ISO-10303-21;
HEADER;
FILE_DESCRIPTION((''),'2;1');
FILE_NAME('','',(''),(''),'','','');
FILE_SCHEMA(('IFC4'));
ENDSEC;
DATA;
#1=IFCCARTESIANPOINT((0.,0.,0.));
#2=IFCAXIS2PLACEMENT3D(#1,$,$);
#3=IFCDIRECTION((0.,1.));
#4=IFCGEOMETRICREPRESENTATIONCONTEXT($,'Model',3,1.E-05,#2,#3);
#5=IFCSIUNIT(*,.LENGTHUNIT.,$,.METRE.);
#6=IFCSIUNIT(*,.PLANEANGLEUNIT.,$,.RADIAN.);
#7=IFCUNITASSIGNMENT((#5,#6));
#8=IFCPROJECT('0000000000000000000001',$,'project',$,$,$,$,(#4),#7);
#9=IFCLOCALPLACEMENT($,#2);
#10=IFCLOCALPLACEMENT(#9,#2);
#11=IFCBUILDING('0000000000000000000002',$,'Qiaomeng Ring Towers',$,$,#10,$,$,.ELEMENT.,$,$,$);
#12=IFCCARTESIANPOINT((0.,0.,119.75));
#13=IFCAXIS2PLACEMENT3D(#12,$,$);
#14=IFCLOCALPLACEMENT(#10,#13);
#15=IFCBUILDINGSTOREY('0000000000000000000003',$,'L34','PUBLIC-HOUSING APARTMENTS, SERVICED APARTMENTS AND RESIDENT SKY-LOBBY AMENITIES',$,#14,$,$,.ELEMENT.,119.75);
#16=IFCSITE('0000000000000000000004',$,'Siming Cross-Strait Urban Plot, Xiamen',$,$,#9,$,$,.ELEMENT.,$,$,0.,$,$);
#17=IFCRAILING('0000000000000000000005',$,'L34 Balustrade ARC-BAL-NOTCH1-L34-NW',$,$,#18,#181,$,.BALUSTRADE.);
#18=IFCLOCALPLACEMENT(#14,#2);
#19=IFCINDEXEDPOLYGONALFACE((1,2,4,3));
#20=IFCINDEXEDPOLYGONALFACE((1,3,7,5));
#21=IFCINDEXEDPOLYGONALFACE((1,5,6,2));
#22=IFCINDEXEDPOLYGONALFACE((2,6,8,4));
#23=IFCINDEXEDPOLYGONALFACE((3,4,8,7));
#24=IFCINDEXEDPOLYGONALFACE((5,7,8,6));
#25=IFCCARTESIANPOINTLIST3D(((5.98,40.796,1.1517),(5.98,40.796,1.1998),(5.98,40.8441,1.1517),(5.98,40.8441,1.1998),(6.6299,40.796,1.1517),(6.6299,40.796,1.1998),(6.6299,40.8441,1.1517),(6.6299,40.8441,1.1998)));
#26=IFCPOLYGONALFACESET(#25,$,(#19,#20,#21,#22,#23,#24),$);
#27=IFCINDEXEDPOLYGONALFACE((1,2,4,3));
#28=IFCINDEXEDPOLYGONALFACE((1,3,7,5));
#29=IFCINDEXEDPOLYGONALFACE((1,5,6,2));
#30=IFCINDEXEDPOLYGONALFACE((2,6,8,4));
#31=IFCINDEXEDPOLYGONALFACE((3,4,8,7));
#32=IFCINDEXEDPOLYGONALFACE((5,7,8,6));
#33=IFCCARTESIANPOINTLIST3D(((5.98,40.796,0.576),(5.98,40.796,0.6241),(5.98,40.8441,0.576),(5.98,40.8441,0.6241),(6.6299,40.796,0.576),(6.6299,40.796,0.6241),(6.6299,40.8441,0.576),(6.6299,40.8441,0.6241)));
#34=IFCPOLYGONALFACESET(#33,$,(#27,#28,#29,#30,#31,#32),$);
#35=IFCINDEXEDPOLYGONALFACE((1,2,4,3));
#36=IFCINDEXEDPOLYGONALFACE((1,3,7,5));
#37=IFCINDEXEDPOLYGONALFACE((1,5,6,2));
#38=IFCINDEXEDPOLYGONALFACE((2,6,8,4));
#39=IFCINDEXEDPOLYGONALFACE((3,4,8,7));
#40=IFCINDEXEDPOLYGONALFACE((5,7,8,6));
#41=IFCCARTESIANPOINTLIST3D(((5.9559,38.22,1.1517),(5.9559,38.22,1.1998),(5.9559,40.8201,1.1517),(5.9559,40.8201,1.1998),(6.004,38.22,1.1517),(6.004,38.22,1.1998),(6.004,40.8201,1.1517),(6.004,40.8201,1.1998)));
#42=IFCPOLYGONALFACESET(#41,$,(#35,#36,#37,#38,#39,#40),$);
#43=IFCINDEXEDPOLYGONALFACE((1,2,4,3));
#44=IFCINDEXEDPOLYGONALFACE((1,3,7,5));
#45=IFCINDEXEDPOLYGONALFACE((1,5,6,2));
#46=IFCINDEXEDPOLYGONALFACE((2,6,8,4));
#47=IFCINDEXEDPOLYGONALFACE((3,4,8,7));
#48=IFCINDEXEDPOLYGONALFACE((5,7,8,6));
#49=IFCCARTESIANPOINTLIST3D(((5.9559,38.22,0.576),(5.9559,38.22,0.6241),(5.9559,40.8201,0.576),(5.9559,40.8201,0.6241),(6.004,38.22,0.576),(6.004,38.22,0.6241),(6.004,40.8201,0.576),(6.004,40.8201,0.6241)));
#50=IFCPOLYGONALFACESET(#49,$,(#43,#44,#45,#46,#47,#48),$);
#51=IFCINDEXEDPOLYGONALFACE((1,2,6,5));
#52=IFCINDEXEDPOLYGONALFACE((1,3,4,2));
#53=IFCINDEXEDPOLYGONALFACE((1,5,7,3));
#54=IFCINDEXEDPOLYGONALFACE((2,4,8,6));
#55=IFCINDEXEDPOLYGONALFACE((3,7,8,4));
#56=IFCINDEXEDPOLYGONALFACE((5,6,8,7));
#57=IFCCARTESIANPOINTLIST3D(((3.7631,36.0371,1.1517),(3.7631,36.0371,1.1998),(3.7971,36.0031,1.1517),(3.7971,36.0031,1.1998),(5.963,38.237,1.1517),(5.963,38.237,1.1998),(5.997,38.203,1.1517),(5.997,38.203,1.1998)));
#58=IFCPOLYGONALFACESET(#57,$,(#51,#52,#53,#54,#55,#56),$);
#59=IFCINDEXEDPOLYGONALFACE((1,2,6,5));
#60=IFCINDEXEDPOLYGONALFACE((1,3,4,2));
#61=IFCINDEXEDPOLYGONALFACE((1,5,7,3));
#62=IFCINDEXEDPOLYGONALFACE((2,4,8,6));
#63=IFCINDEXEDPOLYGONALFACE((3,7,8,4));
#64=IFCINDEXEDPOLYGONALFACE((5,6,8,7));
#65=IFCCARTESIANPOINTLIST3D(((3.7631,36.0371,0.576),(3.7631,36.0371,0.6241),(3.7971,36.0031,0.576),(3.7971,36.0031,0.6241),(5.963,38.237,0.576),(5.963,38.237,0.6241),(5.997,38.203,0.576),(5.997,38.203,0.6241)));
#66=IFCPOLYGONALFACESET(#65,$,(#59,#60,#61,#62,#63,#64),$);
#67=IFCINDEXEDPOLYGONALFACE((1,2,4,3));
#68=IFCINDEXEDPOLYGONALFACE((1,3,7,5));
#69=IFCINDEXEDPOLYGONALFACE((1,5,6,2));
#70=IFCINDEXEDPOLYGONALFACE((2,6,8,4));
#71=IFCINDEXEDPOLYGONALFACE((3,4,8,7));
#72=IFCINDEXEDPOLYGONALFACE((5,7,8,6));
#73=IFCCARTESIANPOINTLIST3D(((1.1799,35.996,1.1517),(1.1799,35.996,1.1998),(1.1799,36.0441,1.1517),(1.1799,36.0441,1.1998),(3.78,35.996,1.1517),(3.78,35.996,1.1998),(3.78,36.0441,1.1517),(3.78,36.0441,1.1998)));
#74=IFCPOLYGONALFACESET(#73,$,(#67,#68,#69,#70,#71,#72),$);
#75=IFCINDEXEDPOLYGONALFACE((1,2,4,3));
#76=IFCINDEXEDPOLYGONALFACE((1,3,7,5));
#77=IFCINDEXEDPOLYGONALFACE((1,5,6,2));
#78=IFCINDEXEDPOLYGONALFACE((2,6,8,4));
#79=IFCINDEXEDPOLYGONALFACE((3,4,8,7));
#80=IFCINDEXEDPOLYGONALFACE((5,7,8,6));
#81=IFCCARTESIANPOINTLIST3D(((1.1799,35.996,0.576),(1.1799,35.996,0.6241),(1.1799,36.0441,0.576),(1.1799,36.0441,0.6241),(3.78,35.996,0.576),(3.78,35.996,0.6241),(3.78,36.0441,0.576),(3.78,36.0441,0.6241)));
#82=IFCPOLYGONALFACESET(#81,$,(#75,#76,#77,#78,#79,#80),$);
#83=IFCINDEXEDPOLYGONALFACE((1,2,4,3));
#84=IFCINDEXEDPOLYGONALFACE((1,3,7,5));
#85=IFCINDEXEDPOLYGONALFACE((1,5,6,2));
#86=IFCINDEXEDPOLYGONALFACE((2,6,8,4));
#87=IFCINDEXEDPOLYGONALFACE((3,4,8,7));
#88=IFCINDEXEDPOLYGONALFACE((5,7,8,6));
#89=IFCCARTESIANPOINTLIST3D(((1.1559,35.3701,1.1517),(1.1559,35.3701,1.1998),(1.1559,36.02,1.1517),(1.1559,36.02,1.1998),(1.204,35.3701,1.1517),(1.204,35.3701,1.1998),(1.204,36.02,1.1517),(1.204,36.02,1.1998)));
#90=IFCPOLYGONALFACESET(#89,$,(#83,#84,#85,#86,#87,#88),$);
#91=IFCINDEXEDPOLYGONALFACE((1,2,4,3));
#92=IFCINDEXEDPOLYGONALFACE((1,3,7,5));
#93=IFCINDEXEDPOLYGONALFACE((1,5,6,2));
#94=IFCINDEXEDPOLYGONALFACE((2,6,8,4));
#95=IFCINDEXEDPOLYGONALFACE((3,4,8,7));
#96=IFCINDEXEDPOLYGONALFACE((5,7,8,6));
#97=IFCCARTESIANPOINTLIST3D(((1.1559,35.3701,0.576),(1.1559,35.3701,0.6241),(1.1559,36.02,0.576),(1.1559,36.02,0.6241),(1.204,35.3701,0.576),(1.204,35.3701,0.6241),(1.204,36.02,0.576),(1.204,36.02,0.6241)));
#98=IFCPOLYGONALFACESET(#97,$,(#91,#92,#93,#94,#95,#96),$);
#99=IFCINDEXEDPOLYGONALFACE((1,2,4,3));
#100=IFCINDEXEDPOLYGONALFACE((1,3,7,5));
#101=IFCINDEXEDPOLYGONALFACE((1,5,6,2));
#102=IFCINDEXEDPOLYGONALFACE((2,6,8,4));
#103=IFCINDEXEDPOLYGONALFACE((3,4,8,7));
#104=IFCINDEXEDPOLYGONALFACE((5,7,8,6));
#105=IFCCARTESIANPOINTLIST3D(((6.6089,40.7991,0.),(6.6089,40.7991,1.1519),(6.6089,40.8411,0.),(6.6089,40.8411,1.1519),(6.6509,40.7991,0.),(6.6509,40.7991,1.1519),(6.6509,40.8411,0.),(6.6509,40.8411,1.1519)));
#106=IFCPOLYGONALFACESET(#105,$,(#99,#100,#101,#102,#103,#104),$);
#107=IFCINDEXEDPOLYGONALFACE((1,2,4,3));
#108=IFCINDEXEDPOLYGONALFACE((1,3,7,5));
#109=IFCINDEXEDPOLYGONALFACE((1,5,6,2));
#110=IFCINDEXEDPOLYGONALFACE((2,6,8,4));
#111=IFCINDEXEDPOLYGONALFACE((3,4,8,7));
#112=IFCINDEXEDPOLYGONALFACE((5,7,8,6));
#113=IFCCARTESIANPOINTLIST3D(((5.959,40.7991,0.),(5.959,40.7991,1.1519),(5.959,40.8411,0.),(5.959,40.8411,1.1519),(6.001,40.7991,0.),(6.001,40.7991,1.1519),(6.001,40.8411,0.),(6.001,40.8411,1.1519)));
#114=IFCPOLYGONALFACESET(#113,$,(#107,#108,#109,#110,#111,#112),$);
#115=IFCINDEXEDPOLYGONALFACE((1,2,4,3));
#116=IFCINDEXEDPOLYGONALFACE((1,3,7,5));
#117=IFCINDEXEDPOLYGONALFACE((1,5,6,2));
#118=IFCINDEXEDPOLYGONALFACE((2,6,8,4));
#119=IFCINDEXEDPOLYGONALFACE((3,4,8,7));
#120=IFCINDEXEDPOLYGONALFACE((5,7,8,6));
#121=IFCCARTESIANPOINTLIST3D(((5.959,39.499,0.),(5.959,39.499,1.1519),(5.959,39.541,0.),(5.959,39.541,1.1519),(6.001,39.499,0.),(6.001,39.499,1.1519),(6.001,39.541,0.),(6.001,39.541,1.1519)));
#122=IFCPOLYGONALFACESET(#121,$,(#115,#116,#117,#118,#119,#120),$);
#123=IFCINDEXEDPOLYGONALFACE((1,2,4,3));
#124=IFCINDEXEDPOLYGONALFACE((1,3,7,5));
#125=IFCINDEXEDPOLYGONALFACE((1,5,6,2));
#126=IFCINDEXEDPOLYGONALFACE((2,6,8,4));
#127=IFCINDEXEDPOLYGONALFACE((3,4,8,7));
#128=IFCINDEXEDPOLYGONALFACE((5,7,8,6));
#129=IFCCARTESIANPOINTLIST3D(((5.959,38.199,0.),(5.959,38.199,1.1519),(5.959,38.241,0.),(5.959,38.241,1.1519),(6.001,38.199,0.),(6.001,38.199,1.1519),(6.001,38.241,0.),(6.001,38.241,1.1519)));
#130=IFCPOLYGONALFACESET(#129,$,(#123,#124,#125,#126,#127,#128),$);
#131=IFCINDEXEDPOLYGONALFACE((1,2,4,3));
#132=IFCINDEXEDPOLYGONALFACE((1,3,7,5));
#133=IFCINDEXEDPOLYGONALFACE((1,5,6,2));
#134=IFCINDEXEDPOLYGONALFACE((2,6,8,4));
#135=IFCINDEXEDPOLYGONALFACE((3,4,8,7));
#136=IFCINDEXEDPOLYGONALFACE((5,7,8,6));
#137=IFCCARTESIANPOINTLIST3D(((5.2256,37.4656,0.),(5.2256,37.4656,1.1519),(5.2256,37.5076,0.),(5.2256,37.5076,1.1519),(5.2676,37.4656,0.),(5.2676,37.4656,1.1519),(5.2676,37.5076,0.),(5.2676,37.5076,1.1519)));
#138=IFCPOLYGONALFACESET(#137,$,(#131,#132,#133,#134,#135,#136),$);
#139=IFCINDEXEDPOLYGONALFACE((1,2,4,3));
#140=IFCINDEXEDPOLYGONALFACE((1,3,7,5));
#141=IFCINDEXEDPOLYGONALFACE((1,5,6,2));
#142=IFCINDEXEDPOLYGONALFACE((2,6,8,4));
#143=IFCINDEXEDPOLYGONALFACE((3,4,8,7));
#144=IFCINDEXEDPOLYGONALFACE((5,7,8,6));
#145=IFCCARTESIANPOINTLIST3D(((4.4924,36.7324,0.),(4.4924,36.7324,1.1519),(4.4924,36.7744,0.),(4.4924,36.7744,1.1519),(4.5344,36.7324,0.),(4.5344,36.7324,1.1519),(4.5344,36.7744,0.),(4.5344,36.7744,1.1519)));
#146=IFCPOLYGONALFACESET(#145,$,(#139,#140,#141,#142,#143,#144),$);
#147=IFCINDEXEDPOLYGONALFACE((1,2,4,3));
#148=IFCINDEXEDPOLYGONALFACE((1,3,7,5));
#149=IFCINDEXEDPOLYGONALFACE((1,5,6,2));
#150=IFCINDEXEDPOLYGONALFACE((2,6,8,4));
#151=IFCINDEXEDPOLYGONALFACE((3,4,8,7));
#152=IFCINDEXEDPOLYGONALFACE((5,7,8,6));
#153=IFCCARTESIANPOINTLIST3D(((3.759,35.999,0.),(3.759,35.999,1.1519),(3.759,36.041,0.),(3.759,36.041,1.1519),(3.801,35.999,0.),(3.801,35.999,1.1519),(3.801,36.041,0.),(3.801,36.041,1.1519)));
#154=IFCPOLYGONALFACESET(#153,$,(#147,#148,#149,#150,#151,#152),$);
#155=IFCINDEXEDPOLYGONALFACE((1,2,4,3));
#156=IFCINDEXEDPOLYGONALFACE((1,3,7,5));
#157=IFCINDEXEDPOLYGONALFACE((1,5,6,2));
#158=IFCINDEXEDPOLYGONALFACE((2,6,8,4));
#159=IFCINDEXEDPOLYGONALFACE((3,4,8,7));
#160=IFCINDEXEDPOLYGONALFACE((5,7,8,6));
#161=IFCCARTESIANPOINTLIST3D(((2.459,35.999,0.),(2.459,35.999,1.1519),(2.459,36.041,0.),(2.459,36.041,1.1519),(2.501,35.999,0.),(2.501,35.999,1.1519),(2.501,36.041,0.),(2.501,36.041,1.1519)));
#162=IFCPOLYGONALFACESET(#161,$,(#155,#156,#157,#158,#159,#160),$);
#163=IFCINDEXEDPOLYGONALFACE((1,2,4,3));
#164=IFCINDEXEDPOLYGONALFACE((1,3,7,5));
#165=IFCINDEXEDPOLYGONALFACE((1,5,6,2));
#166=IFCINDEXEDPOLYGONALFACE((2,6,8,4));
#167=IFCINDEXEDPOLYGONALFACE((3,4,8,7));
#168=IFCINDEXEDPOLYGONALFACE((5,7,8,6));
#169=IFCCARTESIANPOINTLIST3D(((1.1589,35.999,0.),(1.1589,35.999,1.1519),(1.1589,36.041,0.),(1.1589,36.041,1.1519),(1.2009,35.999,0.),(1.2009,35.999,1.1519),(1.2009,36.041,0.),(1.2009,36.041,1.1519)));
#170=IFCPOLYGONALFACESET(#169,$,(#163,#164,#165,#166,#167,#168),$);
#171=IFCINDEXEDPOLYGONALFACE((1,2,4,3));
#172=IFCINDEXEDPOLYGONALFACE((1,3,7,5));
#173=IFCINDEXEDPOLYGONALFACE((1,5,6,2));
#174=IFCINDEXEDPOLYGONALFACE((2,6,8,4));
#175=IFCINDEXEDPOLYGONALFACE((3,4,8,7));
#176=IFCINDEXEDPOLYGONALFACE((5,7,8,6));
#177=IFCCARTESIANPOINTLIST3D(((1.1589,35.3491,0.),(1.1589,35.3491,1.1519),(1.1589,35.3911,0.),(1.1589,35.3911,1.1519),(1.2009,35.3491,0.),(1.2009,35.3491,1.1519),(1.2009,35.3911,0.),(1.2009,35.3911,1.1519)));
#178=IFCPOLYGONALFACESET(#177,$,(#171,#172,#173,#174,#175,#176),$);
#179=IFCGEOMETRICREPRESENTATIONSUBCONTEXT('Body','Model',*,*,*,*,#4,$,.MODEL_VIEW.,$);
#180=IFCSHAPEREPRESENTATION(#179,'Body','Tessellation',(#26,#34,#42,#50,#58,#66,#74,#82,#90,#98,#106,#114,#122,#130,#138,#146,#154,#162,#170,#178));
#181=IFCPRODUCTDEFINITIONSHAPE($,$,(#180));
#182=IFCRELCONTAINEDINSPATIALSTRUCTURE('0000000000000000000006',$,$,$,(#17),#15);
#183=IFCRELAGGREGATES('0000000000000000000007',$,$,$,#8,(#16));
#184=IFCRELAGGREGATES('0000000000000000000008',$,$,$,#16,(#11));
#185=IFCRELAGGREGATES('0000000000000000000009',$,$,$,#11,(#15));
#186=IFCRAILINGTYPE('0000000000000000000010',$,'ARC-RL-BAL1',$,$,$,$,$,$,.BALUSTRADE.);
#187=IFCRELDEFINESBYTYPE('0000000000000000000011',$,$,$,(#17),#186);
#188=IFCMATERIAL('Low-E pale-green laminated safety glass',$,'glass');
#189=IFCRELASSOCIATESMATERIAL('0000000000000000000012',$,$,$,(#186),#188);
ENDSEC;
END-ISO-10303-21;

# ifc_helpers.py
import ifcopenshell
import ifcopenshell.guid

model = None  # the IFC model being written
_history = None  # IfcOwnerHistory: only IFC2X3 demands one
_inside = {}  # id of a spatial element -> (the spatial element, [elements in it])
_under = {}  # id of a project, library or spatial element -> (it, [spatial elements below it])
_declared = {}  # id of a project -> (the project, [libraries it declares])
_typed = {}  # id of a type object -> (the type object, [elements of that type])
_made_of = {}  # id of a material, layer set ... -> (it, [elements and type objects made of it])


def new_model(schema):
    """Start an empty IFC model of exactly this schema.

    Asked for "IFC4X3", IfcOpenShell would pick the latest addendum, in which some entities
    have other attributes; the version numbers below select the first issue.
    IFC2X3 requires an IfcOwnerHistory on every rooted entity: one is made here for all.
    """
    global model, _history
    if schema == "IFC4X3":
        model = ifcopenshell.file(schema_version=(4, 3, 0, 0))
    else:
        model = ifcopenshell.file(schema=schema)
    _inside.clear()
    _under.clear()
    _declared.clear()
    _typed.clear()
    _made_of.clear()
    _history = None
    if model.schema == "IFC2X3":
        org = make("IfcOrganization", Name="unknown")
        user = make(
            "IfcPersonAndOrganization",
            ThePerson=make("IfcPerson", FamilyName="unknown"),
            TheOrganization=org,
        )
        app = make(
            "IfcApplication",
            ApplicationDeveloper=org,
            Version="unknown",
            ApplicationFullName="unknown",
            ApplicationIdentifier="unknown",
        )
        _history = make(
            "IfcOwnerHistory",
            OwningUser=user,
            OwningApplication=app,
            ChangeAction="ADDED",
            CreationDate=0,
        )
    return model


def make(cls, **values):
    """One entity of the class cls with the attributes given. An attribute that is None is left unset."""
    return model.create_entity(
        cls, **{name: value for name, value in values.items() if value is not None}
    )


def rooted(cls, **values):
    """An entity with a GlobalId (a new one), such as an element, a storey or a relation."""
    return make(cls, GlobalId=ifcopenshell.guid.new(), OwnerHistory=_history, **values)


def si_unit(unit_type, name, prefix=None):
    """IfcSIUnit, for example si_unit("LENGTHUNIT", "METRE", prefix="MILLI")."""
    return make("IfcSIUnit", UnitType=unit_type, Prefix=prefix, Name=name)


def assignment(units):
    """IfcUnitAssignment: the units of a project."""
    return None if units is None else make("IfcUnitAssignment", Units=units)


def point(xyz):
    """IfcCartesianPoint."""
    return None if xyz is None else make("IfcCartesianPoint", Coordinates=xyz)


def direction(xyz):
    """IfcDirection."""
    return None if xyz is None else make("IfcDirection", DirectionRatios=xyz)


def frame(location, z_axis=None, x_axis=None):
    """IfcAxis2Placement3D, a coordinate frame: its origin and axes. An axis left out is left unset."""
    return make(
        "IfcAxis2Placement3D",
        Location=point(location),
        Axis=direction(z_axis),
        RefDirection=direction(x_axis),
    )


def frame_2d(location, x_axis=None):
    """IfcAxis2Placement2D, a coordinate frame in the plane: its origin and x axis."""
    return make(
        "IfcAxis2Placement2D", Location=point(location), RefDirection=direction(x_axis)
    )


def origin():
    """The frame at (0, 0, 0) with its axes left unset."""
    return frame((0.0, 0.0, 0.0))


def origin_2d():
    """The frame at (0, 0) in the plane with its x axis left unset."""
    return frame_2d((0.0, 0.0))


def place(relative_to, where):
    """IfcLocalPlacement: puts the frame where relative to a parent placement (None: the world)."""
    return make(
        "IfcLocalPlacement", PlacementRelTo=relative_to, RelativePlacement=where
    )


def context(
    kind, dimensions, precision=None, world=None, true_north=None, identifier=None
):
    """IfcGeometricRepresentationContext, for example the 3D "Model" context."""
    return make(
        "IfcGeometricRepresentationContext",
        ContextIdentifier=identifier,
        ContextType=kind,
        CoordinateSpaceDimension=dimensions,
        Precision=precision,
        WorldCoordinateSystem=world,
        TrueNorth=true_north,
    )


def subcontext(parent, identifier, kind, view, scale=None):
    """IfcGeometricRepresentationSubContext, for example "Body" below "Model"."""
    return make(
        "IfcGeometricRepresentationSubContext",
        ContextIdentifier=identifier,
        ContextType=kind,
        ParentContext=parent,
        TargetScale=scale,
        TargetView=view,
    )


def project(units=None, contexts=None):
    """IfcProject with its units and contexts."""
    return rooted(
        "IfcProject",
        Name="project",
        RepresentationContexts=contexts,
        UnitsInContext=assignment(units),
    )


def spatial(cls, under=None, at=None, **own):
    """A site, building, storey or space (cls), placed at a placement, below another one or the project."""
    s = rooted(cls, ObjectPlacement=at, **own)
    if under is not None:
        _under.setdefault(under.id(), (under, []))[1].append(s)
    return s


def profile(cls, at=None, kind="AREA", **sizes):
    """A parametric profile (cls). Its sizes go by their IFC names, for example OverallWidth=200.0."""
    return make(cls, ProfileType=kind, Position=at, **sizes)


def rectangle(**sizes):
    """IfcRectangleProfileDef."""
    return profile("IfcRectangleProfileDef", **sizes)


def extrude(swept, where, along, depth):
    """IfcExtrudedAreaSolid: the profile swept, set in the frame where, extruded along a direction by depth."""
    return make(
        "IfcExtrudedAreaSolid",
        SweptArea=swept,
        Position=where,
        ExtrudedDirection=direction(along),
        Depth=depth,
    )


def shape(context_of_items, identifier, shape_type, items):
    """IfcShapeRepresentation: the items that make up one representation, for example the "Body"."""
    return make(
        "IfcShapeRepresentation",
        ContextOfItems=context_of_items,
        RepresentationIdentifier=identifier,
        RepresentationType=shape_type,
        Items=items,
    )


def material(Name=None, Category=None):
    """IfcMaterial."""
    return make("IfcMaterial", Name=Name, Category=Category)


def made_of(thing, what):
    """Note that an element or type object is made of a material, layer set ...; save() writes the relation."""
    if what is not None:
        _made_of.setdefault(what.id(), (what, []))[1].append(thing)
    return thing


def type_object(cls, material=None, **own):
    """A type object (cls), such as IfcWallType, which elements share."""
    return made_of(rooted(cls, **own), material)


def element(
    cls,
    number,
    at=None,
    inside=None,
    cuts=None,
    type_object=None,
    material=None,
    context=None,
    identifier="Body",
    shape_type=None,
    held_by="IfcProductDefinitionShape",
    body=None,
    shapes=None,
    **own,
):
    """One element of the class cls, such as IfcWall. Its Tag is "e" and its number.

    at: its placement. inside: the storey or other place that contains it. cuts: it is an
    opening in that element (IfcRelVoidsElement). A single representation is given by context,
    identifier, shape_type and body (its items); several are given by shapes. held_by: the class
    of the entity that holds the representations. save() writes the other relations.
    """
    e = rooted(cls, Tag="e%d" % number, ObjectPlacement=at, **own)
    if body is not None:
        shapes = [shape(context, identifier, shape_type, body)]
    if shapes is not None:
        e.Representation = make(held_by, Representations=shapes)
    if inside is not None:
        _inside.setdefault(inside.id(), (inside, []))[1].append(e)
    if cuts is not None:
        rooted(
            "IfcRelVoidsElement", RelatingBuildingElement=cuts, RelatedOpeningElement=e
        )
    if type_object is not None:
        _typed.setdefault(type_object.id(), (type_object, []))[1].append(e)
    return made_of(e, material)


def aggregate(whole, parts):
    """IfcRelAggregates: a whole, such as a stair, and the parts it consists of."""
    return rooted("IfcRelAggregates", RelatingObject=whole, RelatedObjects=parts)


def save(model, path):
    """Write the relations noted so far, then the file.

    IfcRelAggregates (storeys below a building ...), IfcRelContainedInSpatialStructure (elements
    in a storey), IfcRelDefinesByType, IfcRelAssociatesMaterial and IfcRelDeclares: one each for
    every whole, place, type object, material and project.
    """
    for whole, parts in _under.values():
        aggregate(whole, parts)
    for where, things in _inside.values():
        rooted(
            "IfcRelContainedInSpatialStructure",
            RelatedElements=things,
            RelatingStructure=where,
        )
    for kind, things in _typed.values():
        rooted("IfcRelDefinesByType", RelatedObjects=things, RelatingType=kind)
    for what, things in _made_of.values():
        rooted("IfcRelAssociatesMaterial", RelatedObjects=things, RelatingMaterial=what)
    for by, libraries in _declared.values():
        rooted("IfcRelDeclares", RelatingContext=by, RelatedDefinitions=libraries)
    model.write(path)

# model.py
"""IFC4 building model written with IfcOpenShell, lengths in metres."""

from ifc_helpers import new_model, si_unit, direction, frame, origin, origin_2d, place, context, subcontext, project, spatial, rectangle, extrude, material, type_object, element, save


model = new_model("IFC4")

# Units and contexts
model_context = context("Model", 3, precision=1e-05, world=origin(), true_north=direction((0.0, 1.0)))
body_context = subcontext(model_context, "Body", "Model", "MODEL_VIEW")
ifc_project = project(units=[si_unit("LENGTHUNIT", "METRE"), si_unit("PLANEANGLEUNIT", "RADIAN")], contexts=[model_context])

# Site, building, storey
site_placement = place(None, origin())
site = spatial("IfcSite", under=ifc_project, at=site_placement, Name="Siming Cross-Strait Urban Plot, Xiamen", CompositionType="ELEMENT", RefElevation=0.0)
building_placement = place(site_placement, origin())
building = spatial("IfcBuilding", under=site, at=building_placement, Name="Qiaomeng Ring Towers", CompositionType="ELEMENT")
storey_placement = place(building_placement, frame((0.0, 0.0, 119.75)))
storey = spatial("IfcBuildingStorey", under=building, at=storey_placement, Name="L34", Description="PUBLIC-HOUSING APARTMENTS, SERVICED APARTMENTS AND RESIDENT SKY-LOBBY AMENITIES", CompositionType="ELEMENT", Elevation=119.75)

# Railing
ifc_material_1 = material(Name="Low-E pale-green laminated safety glass", Category="glass")
railing_type = type_object("IfcRailingType", Name="ARC-RL-BAL1", PredefinedType="BALUSTRADE", material=ifc_material_1)
railing_placement = place(storey_placement, frame((6.6299, 40.8201, 0.0)))
element("IfcRailing", 1, at=railing_placement, inside=storey, type_object=railing_type, Name="L34 Balustrade ARC-BAL-NOTCH1-L34-NW", PredefinedType="BALUSTRADE", context=body_context, shape_type="SweptSolid", body=[
    extrude(rectangle(XDim=0.0481, YDim=0.0481, at=origin_2d()), frame((0.0, 0.0, 1.1758), z_axis=(-1.0, 0.0, 0.0), x_axis=(0.0, -1.0, 0.0)), (0.0, 0.0, 1.0), 0.6499),
    extrude(rectangle(XDim=0.0481, YDim=0.0481, at=origin_2d()), frame((0.0, 0.0, 0.6001), z_axis=(-1.0, 0.0, 0.0), x_axis=(0.0, -1.0, 0.0)), (0.0, 0.0, 1.0), 0.6499),
    extrude(rectangle(XDim=0.0481, YDim=0.0481, at=origin_2d()), frame((-0.6499, 0.0, 1.1758), z_axis=(0.0, -1.0, 0.0), x_axis=(1.0, 0.0, 0.0)), (0.0, 0.0, 1.0), 2.6001),
    extrude(rectangle(XDim=0.0481, YDim=0.0481, at=origin_2d()), frame((-0.6499, 0.0, 0.6001), z_axis=(0.0, -1.0, 0.0), x_axis=(1.0, 0.0, 0.0)), (0.0, 0.0, 1.0), 2.6001),
    extrude(rectangle(XDim=0.0481, YDim=0.0481, at=origin_2d()), frame((-0.6499, -2.6001, 1.1758), z_axis=(-0.707107, -0.707107, 0.0), x_axis=(0.707107, -0.707107, 0.0)), (0.0, 0.0, 1.0), 3.1111),
    extrude(rectangle(XDim=0.0481, YDim=0.0481, at=origin_2d()), frame((-0.6499, -2.6001, 0.6001), z_axis=(-0.707107, -0.707107, 0.0), x_axis=(0.707107, -0.707107, 0.0)), (0.0, 0.0, 1.0), 3.1111),
    extrude(rectangle(XDim=0.0481, YDim=0.0481, at=origin_2d()), frame((-2.8499, -4.8, 1.1758), z_axis=(-1.0, 0.0, 0.0), x_axis=(0.0, -1.0, 0.0)), (0.0, 0.0, 1.0), 2.6001),
    extrude(rectangle(XDim=0.0481, YDim=0.0481, at=origin_2d()), frame((-2.8499, -4.8, 0.6001), z_axis=(-1.0, 0.0, 0.0), x_axis=(0.0, -1.0, 0.0)), (0.0, 0.0, 1.0), 2.6001),
    extrude(rectangle(XDim=0.0481, YDim=0.0481, at=origin_2d()), frame((-5.45, -4.8, 1.1758), z_axis=(0.0, -1.0, 0.0), x_axis=(1.0, 0.0, 0.0)), (0.0, 0.0, 1.0), 0.6499),
    extrude(rectangle(XDim=0.0481, YDim=0.0481, at=origin_2d()), frame((-5.45, -4.8, 0.6001), z_axis=(0.0, -1.0, 0.0), x_axis=(1.0, 0.0, 0.0)), (0.0, 0.0, 1.0), 0.6499),
    extrude(rectangle(XDim=0.042, YDim=0.042, at=origin_2d()), origin(), (0.0, 0.0, 1.0), 1.1519),
    extrude(rectangle(XDim=0.042, YDim=0.042, at=origin_2d()), frame((-0.6499, 0.0, 0.0)), (0.0, 0.0, 1.0), 1.1519),
    extrude(rectangle(XDim=0.042, YDim=0.042, at=origin_2d()), frame((-0.6499, -1.3, 0.0)), (0.0, 0.0, 1.0), 1.1519),
    extrude(rectangle(XDim=0.042, YDim=0.042, at=origin_2d()), frame((-0.6499, -2.6001, 0.0)), (0.0, 0.0, 1.0), 1.1519),
    extrude(rectangle(XDim=0.042, YDim=0.042, at=origin_2d()), frame((-1.3833, -3.3335, 0.0)), (0.0, 0.0, 1.0), 1.1519),
    extrude(rectangle(XDim=0.042, YDim=0.042, at=origin_2d()), frame((-2.1165, -4.0667, 0.0)), (0.0, 0.0, 1.0), 1.1519),
    extrude(rectangle(XDim=0.042, YDim=0.042, at=origin_2d()), frame((-2.8499, -4.8, 0.0)), (0.0, 0.0, 1.0), 1.1519),
    extrude(rectangle(XDim=0.042, YDim=0.042, at=origin_2d()), frame((-4.1499, -4.8, 0.0)), (0.0, 0.0, 1.0), 1.1519),
    extrude(rectangle(XDim=0.042, YDim=0.042, at=origin_2d()), frame((-5.45, -4.8, 0.0)), (0.0, 0.0, 1.0), 1.1519),
    extrude(rectangle(XDim=0.042, YDim=0.042, at=origin_2d()), frame((-5.45, -5.45, 0.0)), (0.0, 0.0, 1.0), 1.1519),
])

save(model, "model.ifc")
